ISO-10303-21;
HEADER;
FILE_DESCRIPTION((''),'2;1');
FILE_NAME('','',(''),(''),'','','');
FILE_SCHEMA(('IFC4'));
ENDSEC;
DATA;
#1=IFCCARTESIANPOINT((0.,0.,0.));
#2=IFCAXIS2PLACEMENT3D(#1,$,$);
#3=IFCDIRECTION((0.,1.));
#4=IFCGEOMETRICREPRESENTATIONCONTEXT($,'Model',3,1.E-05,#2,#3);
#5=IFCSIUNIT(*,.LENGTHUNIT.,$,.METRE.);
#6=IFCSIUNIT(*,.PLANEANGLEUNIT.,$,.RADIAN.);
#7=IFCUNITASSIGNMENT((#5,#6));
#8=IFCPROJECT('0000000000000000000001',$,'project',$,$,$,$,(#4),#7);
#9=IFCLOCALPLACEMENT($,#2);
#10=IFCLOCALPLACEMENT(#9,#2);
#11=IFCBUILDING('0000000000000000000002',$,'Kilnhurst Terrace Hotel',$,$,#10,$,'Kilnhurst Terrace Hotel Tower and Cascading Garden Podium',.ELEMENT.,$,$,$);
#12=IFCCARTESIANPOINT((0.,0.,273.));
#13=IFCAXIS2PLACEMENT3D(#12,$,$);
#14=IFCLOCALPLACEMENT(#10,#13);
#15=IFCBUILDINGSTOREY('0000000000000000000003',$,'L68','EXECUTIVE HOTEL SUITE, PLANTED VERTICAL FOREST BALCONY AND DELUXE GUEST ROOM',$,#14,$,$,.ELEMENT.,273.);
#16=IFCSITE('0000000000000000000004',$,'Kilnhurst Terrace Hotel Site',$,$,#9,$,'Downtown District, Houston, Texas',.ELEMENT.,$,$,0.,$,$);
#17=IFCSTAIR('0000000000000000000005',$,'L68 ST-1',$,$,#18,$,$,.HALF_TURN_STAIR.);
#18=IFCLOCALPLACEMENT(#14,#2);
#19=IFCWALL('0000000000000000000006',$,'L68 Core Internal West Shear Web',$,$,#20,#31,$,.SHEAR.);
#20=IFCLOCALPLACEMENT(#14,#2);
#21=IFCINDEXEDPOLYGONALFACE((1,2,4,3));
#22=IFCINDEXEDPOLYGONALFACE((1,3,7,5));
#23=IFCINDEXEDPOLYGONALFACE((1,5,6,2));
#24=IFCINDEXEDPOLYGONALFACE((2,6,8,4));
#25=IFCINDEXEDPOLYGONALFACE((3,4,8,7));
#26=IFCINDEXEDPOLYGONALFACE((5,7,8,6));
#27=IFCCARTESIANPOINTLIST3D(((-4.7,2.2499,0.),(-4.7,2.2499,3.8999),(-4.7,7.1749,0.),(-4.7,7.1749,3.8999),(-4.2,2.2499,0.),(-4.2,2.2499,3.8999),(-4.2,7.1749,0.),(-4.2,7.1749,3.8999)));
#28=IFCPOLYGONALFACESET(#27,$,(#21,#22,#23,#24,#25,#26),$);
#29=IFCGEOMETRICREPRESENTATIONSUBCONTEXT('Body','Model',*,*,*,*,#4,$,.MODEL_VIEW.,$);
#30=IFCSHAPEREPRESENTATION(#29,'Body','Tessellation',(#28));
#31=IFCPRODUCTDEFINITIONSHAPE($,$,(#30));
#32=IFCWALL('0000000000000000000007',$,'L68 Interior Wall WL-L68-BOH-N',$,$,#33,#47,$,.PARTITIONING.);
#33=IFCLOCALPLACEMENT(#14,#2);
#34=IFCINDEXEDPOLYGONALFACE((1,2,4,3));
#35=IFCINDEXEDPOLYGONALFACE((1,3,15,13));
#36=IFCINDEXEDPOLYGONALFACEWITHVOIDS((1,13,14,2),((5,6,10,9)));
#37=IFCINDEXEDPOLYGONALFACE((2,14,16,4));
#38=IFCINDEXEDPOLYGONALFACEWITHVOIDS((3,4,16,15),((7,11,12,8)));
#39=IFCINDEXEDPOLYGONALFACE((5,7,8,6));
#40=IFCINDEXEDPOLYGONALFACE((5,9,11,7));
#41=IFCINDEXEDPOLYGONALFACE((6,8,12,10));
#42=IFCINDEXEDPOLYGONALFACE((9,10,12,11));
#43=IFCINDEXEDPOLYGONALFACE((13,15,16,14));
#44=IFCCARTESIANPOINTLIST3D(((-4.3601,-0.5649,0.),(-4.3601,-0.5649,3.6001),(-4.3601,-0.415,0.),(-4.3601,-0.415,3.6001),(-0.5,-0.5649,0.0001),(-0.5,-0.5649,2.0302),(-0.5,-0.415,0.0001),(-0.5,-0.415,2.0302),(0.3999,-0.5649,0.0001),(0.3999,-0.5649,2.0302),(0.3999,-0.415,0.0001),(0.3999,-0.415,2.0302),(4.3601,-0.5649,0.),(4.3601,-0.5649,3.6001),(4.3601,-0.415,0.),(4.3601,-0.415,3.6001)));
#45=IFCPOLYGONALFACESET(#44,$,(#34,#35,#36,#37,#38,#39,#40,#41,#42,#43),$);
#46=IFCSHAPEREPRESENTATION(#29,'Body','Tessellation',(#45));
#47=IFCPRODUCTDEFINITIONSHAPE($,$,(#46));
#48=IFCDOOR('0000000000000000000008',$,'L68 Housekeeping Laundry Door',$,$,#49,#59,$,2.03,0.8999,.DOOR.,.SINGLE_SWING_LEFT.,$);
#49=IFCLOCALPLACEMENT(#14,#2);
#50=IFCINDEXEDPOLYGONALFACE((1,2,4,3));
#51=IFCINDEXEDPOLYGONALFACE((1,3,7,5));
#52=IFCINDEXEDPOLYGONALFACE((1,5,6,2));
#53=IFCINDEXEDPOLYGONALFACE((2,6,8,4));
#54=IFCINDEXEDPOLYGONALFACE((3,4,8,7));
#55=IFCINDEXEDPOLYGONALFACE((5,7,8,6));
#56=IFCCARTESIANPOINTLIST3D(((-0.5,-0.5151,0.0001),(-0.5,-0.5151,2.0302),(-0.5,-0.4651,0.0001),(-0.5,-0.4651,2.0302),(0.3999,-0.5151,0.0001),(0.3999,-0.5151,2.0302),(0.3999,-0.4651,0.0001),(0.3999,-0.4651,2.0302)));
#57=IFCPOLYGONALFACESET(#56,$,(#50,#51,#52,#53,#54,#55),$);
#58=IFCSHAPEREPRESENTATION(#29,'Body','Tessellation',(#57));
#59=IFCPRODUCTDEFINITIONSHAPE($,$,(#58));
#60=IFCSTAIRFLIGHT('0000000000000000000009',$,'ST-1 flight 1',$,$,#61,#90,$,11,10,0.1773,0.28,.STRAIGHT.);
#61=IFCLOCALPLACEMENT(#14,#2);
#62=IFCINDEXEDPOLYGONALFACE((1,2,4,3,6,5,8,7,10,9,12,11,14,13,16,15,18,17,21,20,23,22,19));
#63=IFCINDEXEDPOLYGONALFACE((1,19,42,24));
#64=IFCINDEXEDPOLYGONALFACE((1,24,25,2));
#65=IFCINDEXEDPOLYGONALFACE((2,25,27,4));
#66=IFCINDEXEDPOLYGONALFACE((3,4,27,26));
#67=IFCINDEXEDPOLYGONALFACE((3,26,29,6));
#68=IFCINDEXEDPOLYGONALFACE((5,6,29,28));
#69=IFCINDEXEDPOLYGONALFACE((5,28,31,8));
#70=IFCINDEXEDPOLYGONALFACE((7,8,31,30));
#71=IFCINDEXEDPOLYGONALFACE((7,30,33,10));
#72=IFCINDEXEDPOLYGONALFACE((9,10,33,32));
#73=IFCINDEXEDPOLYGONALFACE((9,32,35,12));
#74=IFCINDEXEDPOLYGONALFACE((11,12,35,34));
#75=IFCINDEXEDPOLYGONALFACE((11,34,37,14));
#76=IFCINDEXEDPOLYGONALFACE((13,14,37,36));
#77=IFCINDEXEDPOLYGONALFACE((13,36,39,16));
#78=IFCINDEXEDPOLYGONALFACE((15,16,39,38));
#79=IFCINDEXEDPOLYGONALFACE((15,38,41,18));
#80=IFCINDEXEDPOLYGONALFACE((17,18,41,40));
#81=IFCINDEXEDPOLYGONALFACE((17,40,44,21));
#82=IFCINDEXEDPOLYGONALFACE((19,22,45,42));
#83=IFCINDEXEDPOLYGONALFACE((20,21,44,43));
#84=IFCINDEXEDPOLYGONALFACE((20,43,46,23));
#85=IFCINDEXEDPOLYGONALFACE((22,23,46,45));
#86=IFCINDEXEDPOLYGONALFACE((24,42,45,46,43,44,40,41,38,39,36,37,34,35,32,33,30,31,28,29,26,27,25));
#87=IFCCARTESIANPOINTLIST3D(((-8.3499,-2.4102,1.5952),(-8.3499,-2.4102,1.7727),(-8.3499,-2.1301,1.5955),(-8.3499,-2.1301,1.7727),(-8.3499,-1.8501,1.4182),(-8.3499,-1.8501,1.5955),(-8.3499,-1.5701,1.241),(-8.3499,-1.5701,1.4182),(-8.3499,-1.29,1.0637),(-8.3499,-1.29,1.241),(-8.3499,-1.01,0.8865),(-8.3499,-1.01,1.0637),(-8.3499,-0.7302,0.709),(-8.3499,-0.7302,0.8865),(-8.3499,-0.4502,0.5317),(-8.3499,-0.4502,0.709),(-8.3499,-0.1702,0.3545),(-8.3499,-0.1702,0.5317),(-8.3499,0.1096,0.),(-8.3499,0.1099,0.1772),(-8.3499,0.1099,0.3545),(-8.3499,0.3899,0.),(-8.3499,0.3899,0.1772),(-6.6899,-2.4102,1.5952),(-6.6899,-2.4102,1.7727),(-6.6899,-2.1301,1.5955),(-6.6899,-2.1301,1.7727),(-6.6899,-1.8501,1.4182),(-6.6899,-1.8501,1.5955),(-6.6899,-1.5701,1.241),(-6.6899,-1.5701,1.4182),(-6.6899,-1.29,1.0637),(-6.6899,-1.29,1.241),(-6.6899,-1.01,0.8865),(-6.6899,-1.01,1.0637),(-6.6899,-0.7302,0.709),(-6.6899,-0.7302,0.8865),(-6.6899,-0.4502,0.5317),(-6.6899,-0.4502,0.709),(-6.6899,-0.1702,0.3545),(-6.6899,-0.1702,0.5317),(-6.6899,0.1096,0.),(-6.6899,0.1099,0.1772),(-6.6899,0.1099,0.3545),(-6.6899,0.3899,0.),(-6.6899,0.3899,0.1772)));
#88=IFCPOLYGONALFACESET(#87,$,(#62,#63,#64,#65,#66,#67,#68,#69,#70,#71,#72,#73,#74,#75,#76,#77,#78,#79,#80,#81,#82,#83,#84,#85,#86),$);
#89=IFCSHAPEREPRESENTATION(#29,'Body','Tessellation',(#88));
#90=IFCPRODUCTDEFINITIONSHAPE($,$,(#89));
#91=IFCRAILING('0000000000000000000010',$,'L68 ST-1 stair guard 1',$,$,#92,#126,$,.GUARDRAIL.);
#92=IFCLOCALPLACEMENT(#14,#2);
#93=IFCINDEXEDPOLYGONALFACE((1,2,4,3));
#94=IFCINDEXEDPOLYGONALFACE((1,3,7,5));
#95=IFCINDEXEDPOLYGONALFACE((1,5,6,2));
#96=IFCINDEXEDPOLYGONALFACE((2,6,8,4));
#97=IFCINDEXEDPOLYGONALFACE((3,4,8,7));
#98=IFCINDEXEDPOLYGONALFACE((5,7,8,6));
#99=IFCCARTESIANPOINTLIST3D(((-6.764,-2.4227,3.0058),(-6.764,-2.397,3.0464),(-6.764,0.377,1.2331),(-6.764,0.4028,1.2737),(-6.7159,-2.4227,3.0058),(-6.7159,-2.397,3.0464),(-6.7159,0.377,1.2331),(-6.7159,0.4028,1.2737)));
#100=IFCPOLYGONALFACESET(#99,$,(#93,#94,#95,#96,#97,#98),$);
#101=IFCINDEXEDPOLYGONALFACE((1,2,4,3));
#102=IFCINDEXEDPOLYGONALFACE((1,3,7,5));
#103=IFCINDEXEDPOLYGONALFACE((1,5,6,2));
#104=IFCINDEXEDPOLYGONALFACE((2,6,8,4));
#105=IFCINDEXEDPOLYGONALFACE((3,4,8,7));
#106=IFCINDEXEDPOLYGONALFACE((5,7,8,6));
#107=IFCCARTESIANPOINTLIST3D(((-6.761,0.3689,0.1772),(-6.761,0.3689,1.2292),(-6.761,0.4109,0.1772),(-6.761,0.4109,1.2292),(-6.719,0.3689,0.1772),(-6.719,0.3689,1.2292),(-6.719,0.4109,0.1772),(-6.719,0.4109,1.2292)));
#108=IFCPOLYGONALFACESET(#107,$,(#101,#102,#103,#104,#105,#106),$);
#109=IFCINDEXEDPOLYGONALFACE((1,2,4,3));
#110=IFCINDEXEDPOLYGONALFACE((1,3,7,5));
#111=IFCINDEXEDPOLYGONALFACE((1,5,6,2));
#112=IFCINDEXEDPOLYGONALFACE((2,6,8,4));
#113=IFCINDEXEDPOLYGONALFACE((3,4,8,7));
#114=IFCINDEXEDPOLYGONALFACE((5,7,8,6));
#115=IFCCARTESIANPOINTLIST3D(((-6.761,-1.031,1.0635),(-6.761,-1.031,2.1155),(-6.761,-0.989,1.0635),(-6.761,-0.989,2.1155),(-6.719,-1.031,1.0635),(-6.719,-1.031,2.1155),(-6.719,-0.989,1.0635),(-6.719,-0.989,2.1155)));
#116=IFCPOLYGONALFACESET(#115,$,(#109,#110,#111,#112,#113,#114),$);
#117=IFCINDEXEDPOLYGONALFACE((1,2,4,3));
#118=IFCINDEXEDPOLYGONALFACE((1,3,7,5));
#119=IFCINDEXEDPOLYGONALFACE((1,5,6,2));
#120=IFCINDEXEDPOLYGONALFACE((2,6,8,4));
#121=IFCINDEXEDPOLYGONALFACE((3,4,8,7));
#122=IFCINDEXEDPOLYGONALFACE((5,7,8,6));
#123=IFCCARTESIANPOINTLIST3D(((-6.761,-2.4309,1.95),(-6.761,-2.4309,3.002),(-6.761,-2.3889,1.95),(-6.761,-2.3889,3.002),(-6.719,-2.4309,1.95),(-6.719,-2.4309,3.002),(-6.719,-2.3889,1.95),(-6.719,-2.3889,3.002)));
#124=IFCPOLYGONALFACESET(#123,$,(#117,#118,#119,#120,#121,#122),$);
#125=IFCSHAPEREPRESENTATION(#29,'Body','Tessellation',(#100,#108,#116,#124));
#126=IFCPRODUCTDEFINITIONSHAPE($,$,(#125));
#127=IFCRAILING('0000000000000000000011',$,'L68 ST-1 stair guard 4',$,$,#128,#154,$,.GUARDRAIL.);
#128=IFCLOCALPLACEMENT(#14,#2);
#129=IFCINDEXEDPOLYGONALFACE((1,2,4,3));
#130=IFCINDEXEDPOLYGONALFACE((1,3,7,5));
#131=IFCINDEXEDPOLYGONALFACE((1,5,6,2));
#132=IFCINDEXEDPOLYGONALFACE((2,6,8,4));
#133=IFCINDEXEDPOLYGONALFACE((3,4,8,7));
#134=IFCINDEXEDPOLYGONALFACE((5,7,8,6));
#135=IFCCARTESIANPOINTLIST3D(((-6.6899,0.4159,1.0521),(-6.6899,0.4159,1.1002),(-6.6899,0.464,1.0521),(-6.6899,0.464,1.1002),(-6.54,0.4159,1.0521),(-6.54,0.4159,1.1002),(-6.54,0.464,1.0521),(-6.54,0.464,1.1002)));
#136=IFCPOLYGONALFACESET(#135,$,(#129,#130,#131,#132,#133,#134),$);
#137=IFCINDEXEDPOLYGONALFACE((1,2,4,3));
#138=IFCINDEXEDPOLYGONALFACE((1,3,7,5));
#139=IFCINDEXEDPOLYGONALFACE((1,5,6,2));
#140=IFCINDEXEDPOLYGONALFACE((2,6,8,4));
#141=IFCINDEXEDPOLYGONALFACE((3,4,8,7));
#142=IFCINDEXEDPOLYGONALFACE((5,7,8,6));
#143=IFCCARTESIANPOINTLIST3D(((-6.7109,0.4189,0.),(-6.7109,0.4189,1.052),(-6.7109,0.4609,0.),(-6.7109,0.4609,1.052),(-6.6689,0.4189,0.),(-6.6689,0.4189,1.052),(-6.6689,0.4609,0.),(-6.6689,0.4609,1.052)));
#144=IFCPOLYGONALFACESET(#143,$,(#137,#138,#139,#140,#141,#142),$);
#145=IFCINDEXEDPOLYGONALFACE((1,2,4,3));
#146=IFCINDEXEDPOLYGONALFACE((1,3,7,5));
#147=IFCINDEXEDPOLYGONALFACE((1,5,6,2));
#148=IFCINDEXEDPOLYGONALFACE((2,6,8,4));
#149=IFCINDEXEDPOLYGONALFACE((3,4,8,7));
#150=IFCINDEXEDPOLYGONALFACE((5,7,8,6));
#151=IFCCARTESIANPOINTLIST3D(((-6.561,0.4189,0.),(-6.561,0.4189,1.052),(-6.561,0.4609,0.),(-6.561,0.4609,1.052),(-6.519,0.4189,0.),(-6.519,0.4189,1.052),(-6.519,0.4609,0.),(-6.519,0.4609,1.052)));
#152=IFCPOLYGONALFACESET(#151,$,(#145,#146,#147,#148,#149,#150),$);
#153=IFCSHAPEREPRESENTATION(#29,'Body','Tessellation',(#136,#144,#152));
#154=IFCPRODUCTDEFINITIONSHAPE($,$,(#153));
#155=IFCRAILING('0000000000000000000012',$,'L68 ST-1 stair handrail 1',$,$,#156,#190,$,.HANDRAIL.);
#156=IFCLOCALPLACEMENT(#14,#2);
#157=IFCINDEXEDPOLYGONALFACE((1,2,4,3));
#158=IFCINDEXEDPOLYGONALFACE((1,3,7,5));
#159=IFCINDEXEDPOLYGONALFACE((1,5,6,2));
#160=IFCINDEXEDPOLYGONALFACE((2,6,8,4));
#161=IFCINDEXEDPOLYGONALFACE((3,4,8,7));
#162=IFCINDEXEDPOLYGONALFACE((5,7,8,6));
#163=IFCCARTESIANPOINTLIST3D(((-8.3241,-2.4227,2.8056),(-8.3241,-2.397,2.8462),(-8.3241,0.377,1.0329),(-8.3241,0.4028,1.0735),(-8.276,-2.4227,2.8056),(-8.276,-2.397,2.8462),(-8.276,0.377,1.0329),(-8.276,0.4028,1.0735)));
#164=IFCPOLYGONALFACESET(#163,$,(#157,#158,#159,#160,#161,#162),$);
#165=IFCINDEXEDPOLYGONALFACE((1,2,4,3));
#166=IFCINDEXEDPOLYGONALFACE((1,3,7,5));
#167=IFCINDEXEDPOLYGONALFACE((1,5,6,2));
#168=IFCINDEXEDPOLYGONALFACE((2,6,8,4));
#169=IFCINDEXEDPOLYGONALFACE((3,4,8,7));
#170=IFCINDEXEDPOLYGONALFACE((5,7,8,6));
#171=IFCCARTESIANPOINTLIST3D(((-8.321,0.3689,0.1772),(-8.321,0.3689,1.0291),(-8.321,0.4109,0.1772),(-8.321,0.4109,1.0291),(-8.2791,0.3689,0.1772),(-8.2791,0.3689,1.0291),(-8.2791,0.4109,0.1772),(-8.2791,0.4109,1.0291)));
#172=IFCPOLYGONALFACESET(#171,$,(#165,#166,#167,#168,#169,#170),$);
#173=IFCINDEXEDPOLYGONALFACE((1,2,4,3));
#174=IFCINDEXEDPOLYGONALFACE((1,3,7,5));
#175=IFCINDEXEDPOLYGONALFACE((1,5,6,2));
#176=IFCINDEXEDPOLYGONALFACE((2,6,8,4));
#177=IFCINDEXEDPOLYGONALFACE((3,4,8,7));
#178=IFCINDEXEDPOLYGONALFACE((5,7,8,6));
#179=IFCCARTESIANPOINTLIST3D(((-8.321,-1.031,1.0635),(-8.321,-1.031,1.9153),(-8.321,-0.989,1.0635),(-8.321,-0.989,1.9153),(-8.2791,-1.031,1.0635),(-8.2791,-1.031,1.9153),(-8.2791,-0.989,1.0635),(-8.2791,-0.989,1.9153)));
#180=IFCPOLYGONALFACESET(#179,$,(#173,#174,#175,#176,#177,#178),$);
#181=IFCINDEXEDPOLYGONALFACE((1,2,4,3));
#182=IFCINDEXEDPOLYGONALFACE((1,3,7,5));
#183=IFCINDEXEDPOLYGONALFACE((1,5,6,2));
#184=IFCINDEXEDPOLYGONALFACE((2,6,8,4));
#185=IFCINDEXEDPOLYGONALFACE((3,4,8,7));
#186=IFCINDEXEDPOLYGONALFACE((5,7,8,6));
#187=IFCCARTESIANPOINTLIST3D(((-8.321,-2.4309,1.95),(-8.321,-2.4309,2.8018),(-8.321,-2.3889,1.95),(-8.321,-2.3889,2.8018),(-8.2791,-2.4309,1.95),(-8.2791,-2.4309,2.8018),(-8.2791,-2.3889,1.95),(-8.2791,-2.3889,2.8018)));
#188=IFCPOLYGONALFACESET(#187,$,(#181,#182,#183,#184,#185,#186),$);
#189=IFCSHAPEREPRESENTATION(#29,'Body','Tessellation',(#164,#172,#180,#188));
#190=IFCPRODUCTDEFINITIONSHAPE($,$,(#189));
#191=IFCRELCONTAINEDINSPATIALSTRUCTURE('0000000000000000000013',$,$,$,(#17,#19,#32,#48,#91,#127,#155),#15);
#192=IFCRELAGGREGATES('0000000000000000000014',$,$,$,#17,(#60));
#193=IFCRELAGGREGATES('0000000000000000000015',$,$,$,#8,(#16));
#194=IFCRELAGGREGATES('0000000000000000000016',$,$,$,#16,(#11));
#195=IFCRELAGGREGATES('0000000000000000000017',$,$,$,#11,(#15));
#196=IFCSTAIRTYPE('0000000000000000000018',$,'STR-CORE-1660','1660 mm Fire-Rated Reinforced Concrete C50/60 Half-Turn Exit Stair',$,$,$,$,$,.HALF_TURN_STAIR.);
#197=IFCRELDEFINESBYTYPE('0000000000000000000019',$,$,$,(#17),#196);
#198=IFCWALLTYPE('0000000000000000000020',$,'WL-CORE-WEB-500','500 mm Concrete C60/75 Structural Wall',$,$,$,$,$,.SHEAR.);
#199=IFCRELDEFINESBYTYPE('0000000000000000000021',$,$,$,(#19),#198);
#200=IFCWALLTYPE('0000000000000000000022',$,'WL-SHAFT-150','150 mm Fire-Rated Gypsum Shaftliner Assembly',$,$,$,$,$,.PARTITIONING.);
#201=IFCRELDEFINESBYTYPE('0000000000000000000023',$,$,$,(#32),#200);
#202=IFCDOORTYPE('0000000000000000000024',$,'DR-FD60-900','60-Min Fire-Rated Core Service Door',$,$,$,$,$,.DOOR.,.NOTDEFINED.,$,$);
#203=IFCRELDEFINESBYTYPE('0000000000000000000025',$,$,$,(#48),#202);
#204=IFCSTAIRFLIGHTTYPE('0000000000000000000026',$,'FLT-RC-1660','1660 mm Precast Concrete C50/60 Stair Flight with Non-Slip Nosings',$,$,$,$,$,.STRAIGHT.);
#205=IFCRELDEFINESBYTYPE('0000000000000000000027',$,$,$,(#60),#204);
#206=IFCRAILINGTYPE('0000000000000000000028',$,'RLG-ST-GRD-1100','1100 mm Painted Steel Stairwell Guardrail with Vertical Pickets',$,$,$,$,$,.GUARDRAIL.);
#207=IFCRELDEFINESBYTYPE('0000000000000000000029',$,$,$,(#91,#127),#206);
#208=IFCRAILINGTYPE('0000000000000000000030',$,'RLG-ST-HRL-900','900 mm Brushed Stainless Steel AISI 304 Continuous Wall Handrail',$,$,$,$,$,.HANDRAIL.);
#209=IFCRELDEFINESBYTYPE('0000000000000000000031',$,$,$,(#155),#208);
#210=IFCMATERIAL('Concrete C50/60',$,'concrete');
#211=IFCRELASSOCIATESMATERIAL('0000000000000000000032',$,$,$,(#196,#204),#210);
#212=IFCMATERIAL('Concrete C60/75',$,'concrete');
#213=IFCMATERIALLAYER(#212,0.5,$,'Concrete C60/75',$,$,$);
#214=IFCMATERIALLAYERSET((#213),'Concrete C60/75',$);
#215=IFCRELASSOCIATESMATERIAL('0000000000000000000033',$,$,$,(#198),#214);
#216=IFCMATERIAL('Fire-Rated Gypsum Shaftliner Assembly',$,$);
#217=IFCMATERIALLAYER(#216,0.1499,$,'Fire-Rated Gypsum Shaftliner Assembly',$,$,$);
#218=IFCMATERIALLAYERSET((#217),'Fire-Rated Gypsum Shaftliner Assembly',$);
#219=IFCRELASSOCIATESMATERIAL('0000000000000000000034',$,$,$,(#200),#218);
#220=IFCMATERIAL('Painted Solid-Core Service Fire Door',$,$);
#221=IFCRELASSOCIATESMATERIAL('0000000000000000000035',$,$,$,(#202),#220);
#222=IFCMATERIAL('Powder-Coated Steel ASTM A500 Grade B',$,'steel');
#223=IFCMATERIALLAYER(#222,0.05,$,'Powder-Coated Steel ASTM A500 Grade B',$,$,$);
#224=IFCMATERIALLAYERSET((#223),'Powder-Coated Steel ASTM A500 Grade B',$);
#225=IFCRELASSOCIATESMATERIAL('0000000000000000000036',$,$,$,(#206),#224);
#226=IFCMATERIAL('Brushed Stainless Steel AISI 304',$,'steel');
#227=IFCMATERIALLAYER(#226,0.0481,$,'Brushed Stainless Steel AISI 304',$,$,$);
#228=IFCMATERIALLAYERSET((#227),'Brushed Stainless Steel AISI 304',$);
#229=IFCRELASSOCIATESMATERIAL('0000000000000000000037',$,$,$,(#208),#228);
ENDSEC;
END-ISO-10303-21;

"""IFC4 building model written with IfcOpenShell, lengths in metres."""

from ifc_helpers import new_model, si_unit, direction, frame, frame_2d, origin, origin_2d, place, context, subcontext, project, spatial, polyline, rectangle, outline, extrude, material, layer, layer_set, type_object, element, fill, aggregate, save


model = new_model("IFC4")

# Units and contexts
model_context = context("Model", 3, precision=1e-05, world=origin(), true_north=direction((0.0, 1.0)))
body_context = subcontext(model_context, "Body", "Model", "MODEL_VIEW")
ifc_project = project(units=[si_unit("LENGTHUNIT", "METRE"), si_unit("PLANEANGLEUNIT", "RADIAN")], contexts=[model_context])

# Site, building, storey
site_placement = place(None, origin())
site = spatial("IfcSite", under=ifc_project, at=site_placement, Name="Kilnhurst Terrace Hotel Site", LongName="Downtown District, Houston, Texas", CompositionType="ELEMENT", RefElevation=0.0)
building_placement = place(site_placement, origin())
building = spatial("IfcBuilding", under=site, at=building_placement, Name="Kilnhurst Terrace Hotel", LongName="Kilnhurst Terrace Hotel Tower and Cascading Garden Podium", CompositionType="ELEMENT")
storey_placement = place(building_placement, frame((0.0, 0.0, 273.0)))
storey = spatial("IfcBuildingStorey", under=building, at=storey_placement, Name="L68", Description="EXECUTIVE HOTEL SUITE, PLANTED VERTICAL FOREST BALCONY AND DELUXE GUEST ROOM", CompositionType="ELEMENT", Elevation=273.0)

# Shared definitions
ifc_material_1 = material(Name="Concrete C50/60", Category="concrete")

# Stair
stair_type = type_object("IfcStairType", Name="STR-CORE-1660", Description="1660 mm Fire-Rated Reinforced Concrete C50/60 Half-Turn Exit Stair", PredefinedType="HALF_TURN_STAIR", material=ifc_material_1)
stair_1_placement = place(storey_placement, origin())
stair_1 = element("IfcStair", 1, at=stair_1_placement, inside=storey, type_object=stair_type, Name="L68 ST-1", PredefinedType="HALF_TURN_STAIR")

# Wall
ifc_material_2 = material(Name="Concrete C60/75", Category="concrete")
ifc_layer_1 = layer(ifc_material_2, 0.5, Name="Concrete C60/75")
ifc_layer_set_1 = layer_set([ifc_layer_1], Name="Concrete C60/75")
wall_type_1 = type_object("IfcWallType", Name="WL-CORE-WEB-500", Description="500 mm Concrete C60/75 Structural Wall", PredefinedType="SHEAR", material=ifc_layer_set_1)
wall_1_placement = place(storey_placement, frame((-4.45, 2.25, 0.0), z_axis=(0.0, 0.0, 1.0), x_axis=(0.0, 1.0, 0.0)))
element("IfcWall", 2, at=wall_1_placement, inside=storey, type_object=wall_type_1, Name="L68 Core Internal West Shear Web", PredefinedType="SHEAR", context=body_context, shape_type="SweptSolid", body=[
    extrude(rectangle(XDim=4.925, YDim=0.5, at=frame_2d((2.4624, 0.0))), origin(), (0.0, 0.0, 1.0), 3.8999),
])

# Wall, opening, door
ifc_material_3 = material(Name="Fire-Rated Gypsum Shaftliner Assembly")
ifc_layer_2 = layer(ifc_material_3, 0.1499, Name="Fire-Rated Gypsum Shaftliner Assembly")
ifc_layer_set_2 = layer_set([ifc_layer_2], Name="Fire-Rated Gypsum Shaftliner Assembly")
wall_type_2 = type_object("IfcWallType", Name="WL-SHAFT-150", Description="150 mm Fire-Rated Gypsum Shaftliner Assembly", PredefinedType="PARTITIONING", material=ifc_layer_set_2)
wall_2_placement = place(storey_placement, frame((-4.3601, -0.49, 0.0), z_axis=(0.0, 0.0, 1.0), x_axis=(1.0, 0.0, 0.0)))
wall_2 = element("IfcWall", 3, at=wall_2_placement, inside=storey, type_object=wall_type_2, Name="L68 Interior Wall WL-L68-BOH-N", PredefinedType="PARTITIONING", context=body_context, shape_type="SweptSolid", body=[
    extrude(rectangle(XDim=8.7202, YDim=0.1499, at=frame_2d((4.3601, 0.0))), origin(), (0.0, 0.0, 1.0), 3.6001),
])
opening_1_placement = place(wall_2_placement, frame((3.8601, 0.0, 0.0)))
opening_1 = element("IfcOpeningElement", 4, at=opening_1_placement, cuts=wall_2, PredefinedType="OPENING", context=body_context, shape_type="SweptSolid", body=[
    extrude(rectangle(XDim=0.8999, YDim=2.03, at=frame_2d((0.45, 1.0151))), frame((0.0, 0.085, 0.0), z_axis=(0.0, -1.0, 0.0), x_axis=(1.0, 0.0, 0.0)), (0.0, 0.0, 1.0), 0.1699),
])
ifc_material_4 = material(Name="Painted Solid-Core Service Fire Door")
door_type_1 = type_object("IfcDoorType", Name="DR-FD60-900", Description="60-Min Fire-Rated Core Service Door", OperationType="NOTDEFINED", PredefinedType="DOOR", material=ifc_material_4)
door_1_placement = place(opening_1_placement, origin())
door_1 = element("IfcDoor", 5, at=door_1_placement, inside=storey, type_object=door_type_1, Name="L68 Housekeeping Laundry Door", OperationType="SINGLE_SWING_LEFT", OverallHeight=2.03, OverallWidth=0.8999, PredefinedType="DOOR", context=body_context, shape_type="SweptSolid", body=[
    extrude(rectangle(XDim=0.8999, YDim=2.03, at=frame_2d((0.45, 1.0151))), frame((0.0, 0.0249, 0.0), z_axis=(0.0, -1.0, 0.0), x_axis=(1.0, 0.0, 0.0)), (0.0, 0.0, 1.0), 0.05),
])
fill(opening_1, door_1)

# Stair flight
stair_flight_type = type_object("IfcStairFlightType", Name="FLT-RC-1660", Description="1660 mm Precast Concrete C50/60 Stair Flight with Non-Slip Nosings", PredefinedType="STRAIGHT", material=ifc_material_1)
stair_flight_placement = place(storey_placement, frame((-7.52, 0.3899, 0.0), z_axis=(0.0, 0.0, 1.0), x_axis=(0.0, -1.0, 0.0)))
stair_flight = element("IfcStairFlight", 6, at=stair_flight_placement, type_object=stair_flight_type, Name="ST-1 flight 1", NumberOfRisers=11, NumberOfTreads=10, PredefinedType="STRAIGHT", RiserHeight=0.1773, TreadLength=0.28, context=body_context, shape_type="SweptSolid", body=[
    extrude(outline(polyline([(0.0, 0.0), (0.0, 0.1772), (0.28, 0.1772), (0.28, 0.3545), (0.5601, 0.3545), (0.5601, 0.5317), (0.8401, 0.5317), (0.8401, 0.709), (1.1201, 0.709), (1.1201, 0.8865), (1.3999, 0.8865), (1.3999, 1.0637), (1.6799, 1.0637), (1.6799, 1.241), (1.96, 1.241), (1.96, 1.4182), (2.24, 1.4182), (2.24, 1.5955), (2.52, 1.5955), (2.52, 1.7727), (2.8, 1.7727), (2.8, 1.95), (2.8, 1.5952), (0.2803, 0.0), (0.0, 0.0)])), frame((0.0, 0.8301, 0.0), z_axis=(0.0, -1.0, 0.0), x_axis=(1.0, 0.0, 0.0)), (0.0, 0.0, 1.0), 1.6599),
])
aggregate(stair_1, [stair_flight])

# Railings
ifc_material_5 = material(Name="Powder-Coated Steel ASTM A500 Grade B", Category="steel")
ifc_layer_3 = layer(ifc_material_5, 0.05, Name="Powder-Coated Steel ASTM A500 Grade B")
ifc_layer_set_3 = layer_set([ifc_layer_3], Name="Powder-Coated Steel ASTM A500 Grade B")
railing_type_1 = type_object("IfcRailingType", Name="RLG-ST-GRD-1100", Description="1100 mm Painted Steel Stairwell Guardrail with Vertical Pickets", PredefinedType="GUARDRAIL", material=ifc_layer_set_3)
railing_1_placement = place(storey_placement, frame((-6.74, 0.3899, 0.1772)))
element("IfcRailing", 7, at=railing_1_placement, inside=storey, type_object=railing_type_1, Name="L68 ST-1 stair guard 1", PredefinedType="GUARDRAIL", context=body_context, shape_type="SweptSolid", body=[
    extrude(rectangle(XDim=0.0481, YDim=0.0481, at=origin_2d()), frame((0.0, 0.0, 1.0762), z_axis=(0.0, -0.844888, 0.534943), x_axis=(1.0, 0.0, 0.0)), (0.0, 0.0, 1.0), 3.3137),
    extrude(rectangle(XDim=0.042, YDim=0.042, at=origin_2d()), origin(), (0.0, 0.0, 1.0), 1.052),
    extrude(rectangle(XDim=0.042, YDim=0.042, at=origin_2d()), frame((0.0, -1.3999, 0.8862)), (0.0, 0.0, 1.0), 1.052),
    extrude(rectangle(XDim=0.042, YDim=0.042, at=origin_2d()), frame((0.0, -2.7998, 1.7727)), (0.0, 0.0, 1.0), 1.052),
])
railing_2_placement = place(storey_placement, frame((-6.6899, 0.4399, 0.0)))
element("IfcRailing", 8, at=railing_2_placement, inside=storey, type_object=railing_type_1, Name="L68 ST-1 stair guard 4", PredefinedType="GUARDRAIL", context=body_context, shape_type="SweptSolid", body=[
    extrude(rectangle(XDim=0.0481, YDim=0.0481, at=origin_2d()), frame((0.0, 0.0, 1.0762), z_axis=(1.0, 0.0, 0.0), x_axis=(0.0, 1.0, 0.0)), (0.0, 0.0, 1.0), 0.1499),
    extrude(rectangle(XDim=0.042, YDim=0.042, at=origin_2d()), origin(), (0.0, 0.0, 1.0), 1.052),
    extrude(rectangle(XDim=0.042, YDim=0.042, at=origin_2d()), frame((0.1499, 0.0, 0.0)), (0.0, 0.0, 1.0), 1.052),
])
ifc_material_6 = material(Name="Brushed Stainless Steel AISI 304", Category="steel")
ifc_layer_4 = layer(ifc_material_6, 0.0481, Name="Brushed Stainless Steel AISI 304")
ifc_layer_set_4 = layer_set([ifc_layer_4], Name="Brushed Stainless Steel AISI 304")
railing_type_2 = type_object("IfcRailingType", Name="RLG-ST-HRL-900", Description="900 mm Brushed Stainless Steel AISI 304 Continuous Wall Handrail", PredefinedType="HANDRAIL", material=ifc_layer_set_4)
railing_3_placement = place(storey_placement, frame((-8.3, 0.3899, 0.1772)))
element("IfcRailing", 9, at=railing_3_placement, inside=storey, type_object=railing_type_2, Name="L68 ST-1 stair handrail 1", PredefinedType="HANDRAIL", context=body_context, shape_type="SweptSolid", body=[
    extrude(rectangle(XDim=0.0481, YDim=0.0481, at=origin_2d()), frame((0.0, 0.0, 0.876), z_axis=(0.0, -0.844888, 0.534943), x_axis=(1.0, 0.0, 0.0)), (0.0, 0.0, 1.0), 3.3137),
    extrude(rectangle(XDim=0.042, YDim=0.042, at=origin_2d()), origin(), (0.0, 0.0, 1.0), 0.8518),
    extrude(rectangle(XDim=0.042, YDim=0.042, at=origin_2d()), frame((0.0, -1.3999, 0.8862)), (0.0, 0.0, 1.0), 0.8518),
    extrude(rectangle(XDim=0.042, YDim=0.042, at=origin_2d()), frame((0.0, -2.7998, 1.7727)), (0.0, 0.0, 1.0), 0.8518),
])

save(model, "model.ifc")
